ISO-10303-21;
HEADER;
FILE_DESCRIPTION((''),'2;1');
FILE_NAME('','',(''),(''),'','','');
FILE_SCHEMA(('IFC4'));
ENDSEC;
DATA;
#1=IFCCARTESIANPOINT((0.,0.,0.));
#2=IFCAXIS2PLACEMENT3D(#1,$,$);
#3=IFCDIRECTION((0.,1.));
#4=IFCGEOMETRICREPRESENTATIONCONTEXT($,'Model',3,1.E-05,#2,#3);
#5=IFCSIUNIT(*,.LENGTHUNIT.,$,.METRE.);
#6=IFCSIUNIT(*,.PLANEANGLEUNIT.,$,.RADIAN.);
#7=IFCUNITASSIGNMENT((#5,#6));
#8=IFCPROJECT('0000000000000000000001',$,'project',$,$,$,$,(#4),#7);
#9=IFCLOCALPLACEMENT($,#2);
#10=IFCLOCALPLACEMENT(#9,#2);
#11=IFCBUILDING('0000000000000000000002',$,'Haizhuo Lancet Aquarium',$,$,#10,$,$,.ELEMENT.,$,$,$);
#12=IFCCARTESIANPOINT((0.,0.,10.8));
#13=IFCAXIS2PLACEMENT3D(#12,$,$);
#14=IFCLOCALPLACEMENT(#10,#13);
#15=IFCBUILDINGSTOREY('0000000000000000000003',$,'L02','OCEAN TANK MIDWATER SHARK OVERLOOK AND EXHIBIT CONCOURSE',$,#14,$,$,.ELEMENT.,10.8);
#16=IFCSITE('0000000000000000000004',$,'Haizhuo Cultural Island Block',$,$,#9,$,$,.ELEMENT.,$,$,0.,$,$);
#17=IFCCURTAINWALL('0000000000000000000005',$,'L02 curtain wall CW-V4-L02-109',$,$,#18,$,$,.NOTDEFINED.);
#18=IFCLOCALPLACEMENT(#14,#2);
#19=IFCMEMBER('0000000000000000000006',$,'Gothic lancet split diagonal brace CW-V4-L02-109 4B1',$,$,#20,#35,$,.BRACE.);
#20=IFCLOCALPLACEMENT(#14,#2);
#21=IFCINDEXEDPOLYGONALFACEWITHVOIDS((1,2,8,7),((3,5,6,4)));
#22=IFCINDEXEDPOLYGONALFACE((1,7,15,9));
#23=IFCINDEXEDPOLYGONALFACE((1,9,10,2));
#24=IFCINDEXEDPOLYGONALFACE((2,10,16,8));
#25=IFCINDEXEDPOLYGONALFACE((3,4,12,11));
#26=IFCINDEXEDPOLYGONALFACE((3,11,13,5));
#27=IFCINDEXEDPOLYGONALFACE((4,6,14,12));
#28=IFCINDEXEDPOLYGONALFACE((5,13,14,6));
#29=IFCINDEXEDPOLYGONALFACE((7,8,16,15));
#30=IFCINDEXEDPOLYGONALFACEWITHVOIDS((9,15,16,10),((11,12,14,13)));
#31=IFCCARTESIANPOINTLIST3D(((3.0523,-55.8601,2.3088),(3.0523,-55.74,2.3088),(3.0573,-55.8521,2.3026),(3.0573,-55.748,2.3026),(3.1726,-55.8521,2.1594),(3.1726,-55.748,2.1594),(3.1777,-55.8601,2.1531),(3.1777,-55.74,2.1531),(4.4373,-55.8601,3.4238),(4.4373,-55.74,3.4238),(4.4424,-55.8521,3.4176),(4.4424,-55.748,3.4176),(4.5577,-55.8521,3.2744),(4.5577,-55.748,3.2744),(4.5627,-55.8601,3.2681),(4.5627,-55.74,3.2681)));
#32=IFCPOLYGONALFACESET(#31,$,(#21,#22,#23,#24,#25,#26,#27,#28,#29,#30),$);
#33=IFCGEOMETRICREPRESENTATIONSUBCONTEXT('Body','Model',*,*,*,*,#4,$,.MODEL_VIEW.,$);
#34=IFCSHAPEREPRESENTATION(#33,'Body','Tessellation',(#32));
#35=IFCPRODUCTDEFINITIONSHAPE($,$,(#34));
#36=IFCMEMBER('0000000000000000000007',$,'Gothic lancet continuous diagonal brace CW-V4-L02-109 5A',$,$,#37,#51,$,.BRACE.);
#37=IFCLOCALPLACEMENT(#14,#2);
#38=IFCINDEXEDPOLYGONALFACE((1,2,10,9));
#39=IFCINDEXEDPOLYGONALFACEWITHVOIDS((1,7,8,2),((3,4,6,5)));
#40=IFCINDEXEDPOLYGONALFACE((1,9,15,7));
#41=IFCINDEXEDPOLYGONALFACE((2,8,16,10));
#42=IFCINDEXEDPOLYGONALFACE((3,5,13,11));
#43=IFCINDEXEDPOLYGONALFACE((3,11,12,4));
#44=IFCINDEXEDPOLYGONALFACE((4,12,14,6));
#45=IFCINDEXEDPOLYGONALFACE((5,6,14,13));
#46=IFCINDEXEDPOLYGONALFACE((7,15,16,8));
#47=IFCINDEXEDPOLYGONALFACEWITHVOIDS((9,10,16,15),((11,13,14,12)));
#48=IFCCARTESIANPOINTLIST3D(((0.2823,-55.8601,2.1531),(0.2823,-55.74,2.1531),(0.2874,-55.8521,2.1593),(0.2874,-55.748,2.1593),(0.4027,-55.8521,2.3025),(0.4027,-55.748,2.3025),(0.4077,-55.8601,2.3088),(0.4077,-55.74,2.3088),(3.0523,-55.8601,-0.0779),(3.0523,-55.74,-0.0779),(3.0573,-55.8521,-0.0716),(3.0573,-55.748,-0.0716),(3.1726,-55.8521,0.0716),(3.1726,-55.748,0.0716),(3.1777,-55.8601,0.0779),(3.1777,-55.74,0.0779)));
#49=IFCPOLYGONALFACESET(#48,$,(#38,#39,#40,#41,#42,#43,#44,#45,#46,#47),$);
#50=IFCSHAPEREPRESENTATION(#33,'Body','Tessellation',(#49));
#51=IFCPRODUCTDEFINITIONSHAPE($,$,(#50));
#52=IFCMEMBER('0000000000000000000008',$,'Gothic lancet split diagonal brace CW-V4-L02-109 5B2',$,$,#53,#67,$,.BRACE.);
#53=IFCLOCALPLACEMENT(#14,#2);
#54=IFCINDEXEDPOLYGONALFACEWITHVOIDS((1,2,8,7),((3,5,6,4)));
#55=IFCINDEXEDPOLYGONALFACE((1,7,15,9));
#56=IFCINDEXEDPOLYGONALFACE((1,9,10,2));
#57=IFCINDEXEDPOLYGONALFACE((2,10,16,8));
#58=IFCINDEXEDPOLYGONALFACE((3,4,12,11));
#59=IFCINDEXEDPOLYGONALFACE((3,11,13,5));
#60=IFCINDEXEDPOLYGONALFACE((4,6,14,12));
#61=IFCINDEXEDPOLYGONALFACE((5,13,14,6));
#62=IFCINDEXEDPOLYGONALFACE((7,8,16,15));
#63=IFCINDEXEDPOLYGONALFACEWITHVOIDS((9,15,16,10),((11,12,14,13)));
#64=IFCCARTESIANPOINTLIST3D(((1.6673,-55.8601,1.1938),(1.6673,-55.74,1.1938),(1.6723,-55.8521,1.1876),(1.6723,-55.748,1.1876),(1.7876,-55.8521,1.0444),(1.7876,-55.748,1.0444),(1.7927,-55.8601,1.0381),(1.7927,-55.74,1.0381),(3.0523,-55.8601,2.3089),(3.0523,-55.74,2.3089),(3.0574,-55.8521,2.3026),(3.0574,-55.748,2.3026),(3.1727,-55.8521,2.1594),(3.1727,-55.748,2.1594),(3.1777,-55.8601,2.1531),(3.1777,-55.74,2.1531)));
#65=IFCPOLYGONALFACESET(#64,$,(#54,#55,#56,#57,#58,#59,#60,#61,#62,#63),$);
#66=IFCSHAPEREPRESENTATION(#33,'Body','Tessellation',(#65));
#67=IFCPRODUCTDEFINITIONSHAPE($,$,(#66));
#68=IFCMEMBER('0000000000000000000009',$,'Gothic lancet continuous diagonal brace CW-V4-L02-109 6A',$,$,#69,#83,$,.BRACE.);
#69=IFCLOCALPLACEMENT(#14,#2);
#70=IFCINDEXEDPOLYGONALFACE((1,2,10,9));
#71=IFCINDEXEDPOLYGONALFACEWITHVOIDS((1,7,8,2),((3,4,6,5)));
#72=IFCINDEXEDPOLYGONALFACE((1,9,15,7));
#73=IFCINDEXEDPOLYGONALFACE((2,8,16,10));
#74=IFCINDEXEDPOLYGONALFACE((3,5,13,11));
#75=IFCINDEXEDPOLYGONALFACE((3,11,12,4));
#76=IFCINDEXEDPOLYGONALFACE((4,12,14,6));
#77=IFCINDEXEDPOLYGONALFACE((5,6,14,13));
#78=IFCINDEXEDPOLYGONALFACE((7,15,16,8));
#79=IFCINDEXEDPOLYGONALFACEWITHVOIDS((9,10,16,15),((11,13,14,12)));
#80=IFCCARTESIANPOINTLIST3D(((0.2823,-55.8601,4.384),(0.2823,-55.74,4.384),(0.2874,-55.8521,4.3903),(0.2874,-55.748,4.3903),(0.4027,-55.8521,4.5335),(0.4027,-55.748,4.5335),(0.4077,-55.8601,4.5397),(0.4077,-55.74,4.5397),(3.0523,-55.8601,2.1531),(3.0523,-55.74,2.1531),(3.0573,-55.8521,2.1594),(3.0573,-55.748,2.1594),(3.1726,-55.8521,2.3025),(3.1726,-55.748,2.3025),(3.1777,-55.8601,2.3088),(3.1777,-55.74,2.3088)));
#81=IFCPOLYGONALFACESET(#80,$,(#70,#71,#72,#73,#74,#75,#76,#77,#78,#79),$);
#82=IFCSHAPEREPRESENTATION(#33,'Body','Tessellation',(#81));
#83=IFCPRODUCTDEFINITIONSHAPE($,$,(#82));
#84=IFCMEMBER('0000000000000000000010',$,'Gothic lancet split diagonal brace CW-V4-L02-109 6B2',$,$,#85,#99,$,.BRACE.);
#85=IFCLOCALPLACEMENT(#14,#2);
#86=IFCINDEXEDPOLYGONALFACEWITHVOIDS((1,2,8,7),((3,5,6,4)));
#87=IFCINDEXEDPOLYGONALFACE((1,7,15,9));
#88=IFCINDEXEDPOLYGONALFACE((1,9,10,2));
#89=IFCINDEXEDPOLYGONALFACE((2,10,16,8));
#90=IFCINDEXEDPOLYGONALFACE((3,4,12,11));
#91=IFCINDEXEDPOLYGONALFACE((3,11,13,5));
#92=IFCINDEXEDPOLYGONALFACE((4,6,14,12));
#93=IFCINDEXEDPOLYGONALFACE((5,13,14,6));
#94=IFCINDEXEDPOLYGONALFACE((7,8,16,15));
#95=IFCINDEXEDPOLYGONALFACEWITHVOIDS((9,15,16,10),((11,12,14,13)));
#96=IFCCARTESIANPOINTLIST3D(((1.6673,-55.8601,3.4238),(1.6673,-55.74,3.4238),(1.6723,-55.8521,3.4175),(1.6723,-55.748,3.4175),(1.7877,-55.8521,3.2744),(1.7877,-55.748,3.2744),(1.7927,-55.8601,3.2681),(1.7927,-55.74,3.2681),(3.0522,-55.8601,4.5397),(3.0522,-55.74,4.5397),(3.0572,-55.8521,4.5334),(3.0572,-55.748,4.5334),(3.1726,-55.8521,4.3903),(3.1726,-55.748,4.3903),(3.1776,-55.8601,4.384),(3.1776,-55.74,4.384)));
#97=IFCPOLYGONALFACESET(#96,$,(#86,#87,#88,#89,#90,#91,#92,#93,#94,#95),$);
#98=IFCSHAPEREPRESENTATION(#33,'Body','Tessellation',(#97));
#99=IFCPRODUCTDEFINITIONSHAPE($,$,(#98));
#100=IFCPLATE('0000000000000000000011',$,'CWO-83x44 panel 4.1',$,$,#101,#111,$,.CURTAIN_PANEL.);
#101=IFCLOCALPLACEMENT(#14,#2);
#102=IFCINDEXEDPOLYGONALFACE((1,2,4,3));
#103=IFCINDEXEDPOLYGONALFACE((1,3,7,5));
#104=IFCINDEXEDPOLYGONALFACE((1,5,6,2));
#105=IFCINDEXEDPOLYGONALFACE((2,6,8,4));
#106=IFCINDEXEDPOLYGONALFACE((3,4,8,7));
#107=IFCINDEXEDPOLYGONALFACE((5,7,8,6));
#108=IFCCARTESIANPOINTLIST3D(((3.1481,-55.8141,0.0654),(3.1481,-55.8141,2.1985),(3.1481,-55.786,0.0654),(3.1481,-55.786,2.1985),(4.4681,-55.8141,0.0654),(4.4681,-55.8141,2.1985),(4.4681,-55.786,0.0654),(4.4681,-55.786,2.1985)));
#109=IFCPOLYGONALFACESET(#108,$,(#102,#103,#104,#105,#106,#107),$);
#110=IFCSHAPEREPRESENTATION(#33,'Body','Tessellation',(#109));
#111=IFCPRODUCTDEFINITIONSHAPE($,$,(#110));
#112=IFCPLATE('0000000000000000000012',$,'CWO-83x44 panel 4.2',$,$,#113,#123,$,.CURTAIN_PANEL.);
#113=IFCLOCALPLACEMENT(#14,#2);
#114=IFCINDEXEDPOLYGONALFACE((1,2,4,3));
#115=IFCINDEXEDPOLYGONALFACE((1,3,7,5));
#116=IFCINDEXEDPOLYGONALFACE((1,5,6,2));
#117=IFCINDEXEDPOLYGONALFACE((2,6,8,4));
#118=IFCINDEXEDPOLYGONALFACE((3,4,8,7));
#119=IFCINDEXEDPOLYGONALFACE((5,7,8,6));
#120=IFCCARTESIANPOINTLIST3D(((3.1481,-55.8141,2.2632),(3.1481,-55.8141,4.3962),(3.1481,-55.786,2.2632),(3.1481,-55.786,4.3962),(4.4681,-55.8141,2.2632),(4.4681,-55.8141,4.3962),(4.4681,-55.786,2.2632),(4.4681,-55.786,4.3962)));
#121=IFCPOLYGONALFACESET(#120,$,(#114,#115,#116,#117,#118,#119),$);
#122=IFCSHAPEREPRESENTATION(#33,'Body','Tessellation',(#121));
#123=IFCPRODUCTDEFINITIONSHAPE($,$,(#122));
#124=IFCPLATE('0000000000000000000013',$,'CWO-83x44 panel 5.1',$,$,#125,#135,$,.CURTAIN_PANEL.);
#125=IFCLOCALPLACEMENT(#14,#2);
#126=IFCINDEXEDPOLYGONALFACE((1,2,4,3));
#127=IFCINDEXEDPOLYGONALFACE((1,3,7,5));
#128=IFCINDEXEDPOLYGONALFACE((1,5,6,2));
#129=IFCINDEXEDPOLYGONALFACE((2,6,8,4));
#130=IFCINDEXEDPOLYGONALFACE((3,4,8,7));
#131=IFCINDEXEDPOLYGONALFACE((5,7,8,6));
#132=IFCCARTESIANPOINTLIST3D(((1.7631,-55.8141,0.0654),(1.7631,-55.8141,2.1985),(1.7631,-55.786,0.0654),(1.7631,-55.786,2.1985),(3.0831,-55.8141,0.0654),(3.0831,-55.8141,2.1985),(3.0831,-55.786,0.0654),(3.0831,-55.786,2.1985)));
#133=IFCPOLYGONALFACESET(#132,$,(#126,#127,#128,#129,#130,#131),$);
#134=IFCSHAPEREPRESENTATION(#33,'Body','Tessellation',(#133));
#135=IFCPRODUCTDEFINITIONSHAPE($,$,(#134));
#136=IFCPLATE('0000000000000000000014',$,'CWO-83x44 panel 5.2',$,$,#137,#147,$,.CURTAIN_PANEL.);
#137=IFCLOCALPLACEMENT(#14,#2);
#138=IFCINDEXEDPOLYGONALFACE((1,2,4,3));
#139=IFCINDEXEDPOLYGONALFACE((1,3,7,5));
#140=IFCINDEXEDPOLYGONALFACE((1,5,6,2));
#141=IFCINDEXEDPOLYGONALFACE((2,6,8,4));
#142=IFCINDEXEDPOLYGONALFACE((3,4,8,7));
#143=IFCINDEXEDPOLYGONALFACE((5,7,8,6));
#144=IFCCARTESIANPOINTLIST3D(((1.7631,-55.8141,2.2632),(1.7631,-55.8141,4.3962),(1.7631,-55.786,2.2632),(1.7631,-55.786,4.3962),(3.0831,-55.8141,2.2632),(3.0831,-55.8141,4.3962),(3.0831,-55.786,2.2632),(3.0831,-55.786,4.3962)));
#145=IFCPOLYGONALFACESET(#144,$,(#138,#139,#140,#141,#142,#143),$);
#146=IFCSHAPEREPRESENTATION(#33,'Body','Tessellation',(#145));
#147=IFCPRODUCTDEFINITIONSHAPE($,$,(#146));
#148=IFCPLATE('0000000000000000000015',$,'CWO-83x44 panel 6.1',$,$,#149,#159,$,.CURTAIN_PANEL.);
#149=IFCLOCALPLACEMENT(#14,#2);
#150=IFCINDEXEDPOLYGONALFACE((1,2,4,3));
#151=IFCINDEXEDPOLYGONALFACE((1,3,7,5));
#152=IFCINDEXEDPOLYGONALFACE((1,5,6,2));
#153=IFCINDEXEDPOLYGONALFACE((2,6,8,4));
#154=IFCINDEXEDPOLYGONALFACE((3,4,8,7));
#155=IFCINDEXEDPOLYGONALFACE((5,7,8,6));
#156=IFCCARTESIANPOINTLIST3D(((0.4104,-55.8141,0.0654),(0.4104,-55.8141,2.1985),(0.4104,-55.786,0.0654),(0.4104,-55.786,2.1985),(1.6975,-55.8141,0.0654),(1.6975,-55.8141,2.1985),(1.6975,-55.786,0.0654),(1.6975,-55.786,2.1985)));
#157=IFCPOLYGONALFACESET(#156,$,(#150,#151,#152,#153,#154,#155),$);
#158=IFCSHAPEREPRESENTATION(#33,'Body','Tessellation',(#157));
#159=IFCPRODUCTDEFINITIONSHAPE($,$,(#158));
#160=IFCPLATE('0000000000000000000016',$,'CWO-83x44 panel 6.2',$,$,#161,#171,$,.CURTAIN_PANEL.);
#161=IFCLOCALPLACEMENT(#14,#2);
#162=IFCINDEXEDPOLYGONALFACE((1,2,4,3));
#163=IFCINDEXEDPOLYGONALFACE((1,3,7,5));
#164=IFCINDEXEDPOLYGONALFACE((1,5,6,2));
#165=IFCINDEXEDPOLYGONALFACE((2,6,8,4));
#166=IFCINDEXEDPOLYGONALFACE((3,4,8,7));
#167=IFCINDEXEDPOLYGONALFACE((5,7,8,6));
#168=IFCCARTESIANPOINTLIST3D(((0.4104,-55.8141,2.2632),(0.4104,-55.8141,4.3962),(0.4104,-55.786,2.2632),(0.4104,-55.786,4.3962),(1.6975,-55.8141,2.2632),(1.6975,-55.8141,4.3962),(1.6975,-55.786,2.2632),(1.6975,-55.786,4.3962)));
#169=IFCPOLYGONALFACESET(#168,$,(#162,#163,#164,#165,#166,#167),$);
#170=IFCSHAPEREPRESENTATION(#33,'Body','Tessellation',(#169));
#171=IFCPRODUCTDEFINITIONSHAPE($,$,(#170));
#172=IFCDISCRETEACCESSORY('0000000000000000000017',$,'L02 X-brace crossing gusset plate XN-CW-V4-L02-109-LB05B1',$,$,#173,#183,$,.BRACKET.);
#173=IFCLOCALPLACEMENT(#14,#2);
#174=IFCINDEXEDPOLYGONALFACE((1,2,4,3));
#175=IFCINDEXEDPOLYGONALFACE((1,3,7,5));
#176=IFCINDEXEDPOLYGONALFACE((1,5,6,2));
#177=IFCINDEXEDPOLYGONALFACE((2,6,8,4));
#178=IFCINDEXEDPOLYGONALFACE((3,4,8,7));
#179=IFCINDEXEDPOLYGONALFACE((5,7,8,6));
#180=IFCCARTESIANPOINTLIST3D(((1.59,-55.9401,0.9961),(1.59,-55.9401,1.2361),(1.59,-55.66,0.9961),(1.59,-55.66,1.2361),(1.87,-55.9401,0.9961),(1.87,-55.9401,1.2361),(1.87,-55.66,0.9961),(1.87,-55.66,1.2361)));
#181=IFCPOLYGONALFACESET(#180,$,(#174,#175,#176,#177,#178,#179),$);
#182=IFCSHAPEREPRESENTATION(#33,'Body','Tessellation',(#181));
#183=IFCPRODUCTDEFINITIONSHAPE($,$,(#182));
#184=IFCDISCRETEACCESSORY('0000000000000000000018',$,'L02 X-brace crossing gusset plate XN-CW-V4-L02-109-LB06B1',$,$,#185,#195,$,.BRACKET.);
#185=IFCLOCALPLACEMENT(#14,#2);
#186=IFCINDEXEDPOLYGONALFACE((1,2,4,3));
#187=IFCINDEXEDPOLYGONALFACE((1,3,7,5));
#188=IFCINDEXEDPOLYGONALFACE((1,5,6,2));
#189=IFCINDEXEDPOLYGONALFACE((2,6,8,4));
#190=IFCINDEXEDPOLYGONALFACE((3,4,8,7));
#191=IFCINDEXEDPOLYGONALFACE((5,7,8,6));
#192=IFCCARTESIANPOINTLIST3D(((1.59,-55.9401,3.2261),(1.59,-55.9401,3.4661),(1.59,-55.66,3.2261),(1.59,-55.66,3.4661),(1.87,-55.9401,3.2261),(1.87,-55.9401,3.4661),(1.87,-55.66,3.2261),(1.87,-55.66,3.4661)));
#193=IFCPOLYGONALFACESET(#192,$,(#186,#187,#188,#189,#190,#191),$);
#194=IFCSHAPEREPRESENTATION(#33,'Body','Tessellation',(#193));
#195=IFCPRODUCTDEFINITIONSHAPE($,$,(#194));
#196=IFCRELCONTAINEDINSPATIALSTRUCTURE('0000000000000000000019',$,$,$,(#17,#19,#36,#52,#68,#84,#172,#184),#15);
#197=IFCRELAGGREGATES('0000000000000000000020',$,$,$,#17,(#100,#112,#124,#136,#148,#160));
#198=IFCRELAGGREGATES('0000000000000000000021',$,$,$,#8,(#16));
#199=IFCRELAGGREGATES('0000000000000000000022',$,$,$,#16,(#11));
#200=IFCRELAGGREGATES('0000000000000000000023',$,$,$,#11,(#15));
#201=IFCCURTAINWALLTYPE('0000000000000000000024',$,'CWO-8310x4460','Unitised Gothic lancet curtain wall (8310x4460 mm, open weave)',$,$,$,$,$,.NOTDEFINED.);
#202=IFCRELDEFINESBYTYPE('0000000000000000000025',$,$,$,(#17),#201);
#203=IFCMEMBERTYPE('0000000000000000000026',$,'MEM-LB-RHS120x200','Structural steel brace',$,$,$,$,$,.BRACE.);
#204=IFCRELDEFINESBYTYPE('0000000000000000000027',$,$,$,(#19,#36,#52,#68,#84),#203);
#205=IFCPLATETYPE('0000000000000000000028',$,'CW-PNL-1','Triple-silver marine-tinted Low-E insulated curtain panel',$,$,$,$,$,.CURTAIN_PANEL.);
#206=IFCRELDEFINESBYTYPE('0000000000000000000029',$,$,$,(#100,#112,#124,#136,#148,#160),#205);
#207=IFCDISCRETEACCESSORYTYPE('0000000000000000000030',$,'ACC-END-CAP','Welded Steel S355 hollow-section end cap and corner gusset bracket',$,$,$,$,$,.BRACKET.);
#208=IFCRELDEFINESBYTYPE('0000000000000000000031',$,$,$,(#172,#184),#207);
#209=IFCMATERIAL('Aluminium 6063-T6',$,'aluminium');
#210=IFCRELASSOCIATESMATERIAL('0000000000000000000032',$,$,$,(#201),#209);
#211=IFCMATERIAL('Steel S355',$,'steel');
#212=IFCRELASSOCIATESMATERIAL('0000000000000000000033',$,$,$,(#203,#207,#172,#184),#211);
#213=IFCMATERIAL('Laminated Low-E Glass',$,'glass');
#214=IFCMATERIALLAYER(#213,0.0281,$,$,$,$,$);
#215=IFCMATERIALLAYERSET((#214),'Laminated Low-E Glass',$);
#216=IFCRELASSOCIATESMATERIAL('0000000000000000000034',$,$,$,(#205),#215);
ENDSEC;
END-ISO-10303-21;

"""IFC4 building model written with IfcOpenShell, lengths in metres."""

from ifc_helpers import new_model, si_unit, direction, frame, origin, origin_2d, place, context, subcontext, project, spatial, rectangle, hollow_rectangle, extrude, material, layer, layer_set, material_profile, profile_set, type_object, element, aggregate, save


model = new_model("IFC4")

# Units and contexts
model_context = context("Model", 3, precision=1e-05, world=origin(), true_north=direction((0.0, 1.0)))
body_context = subcontext(model_context, "Body", "Model", "MODEL_VIEW")
ifc_project = project(units=[si_unit("LENGTHUNIT", "METRE"), si_unit("PLANEANGLEUNIT", "RADIAN")], contexts=[model_context])

# Site, building, storey
site_placement = place(None, origin())
site = spatial("IfcSite", under=ifc_project, at=site_placement, Name="Haizhuo Cultural Island Block", CompositionType="ELEMENT", RefElevation=0.0)
building_placement = place(site_placement, origin())
building = spatial("IfcBuilding", under=site, at=building_placement, Name="Haizhuo Lancet Aquarium", CompositionType="ELEMENT")
storey_placement = place(building_placement, frame((0.0, 0.0, 10.8)))
storey = spatial("IfcBuildingStorey", under=building, at=storey_placement, Name="L02", Description="OCEAN TANK MIDWATER SHARK OVERLOOK AND EXHIBIT CONCOURSE", CompositionType="ELEMENT", Elevation=10.8)

# Curtain wall
ifc_material_1 = material(Name="Aluminium 6063-T6", Category="aluminium")
curtain_wall_type = type_object("IfcCurtainWallType", Name="CWO-8310x4460", Description="Unitised Gothic lancet curtain wall (8310x4460 mm, open weave)", PredefinedType="NOTDEFINED", material=ifc_material_1)
curtain_wall_placement = place(storey_placement, origin())
curtain_wall = element("IfcCurtainWall", 1, at=curtain_wall_placement, inside=storey, type_object=curtain_wall_type, Name="L02 curtain wall CW-V4-L02-109", PredefinedType="NOTDEFINED")

# Members
ifc_material_2 = material(Name="Steel S355", Category="steel")
ifc_material_profile_1 = material_profile(ifc_material_2, hollow_rectangle(XDim=0.1201, YDim=0.2, WallThickness=0.0081, at=origin_2d()), Name="RHS 120x200x8")
ifc_profile_set_1 = profile_set([ifc_material_profile_1], Name="Steel S355")
member_type_1 = type_object("IfcMemberType", Name="MEM-LB-RHS120x200", Description="Structural steel brace", PredefinedType="BRACE", material=ifc_profile_set_1)
member_1_placement = place(storey_placement, frame((3.115, -55.8, 2.231), z_axis=(0.77895, 0.0, 0.627087), x_axis=(0.0, 1.0, 0.0)))
element("IfcMember", 2, at=member_1_placement, inside=storey, type_object=member_type_1, Name="Gothic lancet split diagonal brace CW-V4-L02-109 4B1", PredefinedType="BRACE", context=body_context, shape_type="SweptSolid", body=[
    extrude(hollow_rectangle(XDim=0.1201, YDim=0.2, WallThickness=0.0081, at=origin_2d()), origin(), (0.0, 0.0, 1.0), 1.7781),
])
member_2_placement = place(storey_placement, frame((3.115, -55.8, 0.0), z_axis=(-0.778815, 0.0, 0.627253), x_axis=(0.0, -1.0, 0.0)))
element("IfcMember", 3, at=member_2_placement, inside=storey, type_object=member_type_1, Name="Gothic lancet continuous diagonal brace CW-V4-L02-109 5A", PredefinedType="BRACE", context=body_context, shape_type="SweptSolid", body=[
    extrude(hollow_rectangle(XDim=0.1201, YDim=0.2, WallThickness=0.0081, at=origin_2d()), origin(), (0.0, 0.0, 1.0), 3.5566),
])
member_3_placement = place(storey_placement, frame((1.73, -55.8, 1.116), z_axis=(0.77895, 0.0, 0.627087), x_axis=(0.0, 1.0, 0.0)))
element("IfcMember", 4, at=member_3_placement, inside=storey, type_object=member_type_1, Name="Gothic lancet split diagonal brace CW-V4-L02-109 5B2", PredefinedType="BRACE", context=body_context, shape_type="SweptSolid", body=[
    extrude(hollow_rectangle(XDim=0.1201, YDim=0.2, WallThickness=0.0081, at=origin_2d()), origin(), (0.0, 0.0, 1.0), 1.7781),
])
member_4_placement = place(storey_placement, frame((3.115, -55.8, 2.231), z_axis=(-0.778815, 0.0, 0.627253), x_axis=(0.0, -1.0, 0.0)))
element("IfcMember", 5, at=member_4_placement, inside=storey, type_object=member_type_1, Name="Gothic lancet continuous diagonal brace CW-V4-L02-109 6A", PredefinedType="BRACE", context=body_context, shape_type="SweptSolid", body=[
    extrude(hollow_rectangle(XDim=0.1201, YDim=0.2, WallThickness=0.0081, at=origin_2d()), origin(), (0.0, 0.0, 1.0), 3.5566),
])
member_5_placement = place(storey_placement, frame((1.73, -55.8, 3.3459), z_axis=(0.778681, 0.0, 0.62742), x_axis=(0.0, 1.0, 0.0)))
element("IfcMember", 6, at=member_5_placement, inside=storey, type_object=member_type_1, Name="Gothic lancet split diagonal brace CW-V4-L02-109 6B2", PredefinedType="BRACE", context=body_context, shape_type="SweptSolid", body=[
    extrude(hollow_rectangle(XDim=0.1201, YDim=0.2, WallThickness=0.0081, at=origin_2d()), origin(), (0.0, 0.0, 1.0), 1.7786),
])

# Plates
ifc_material_3 = material(Name="Laminated Low-E Glass", Category="glass")
ifc_layer = layer(ifc_material_3, 0.0281)
ifc_layer_set = layer_set([ifc_layer], Name="Laminated Low-E Glass")
plate_type = type_object("IfcPlateType", Name="CW-PNL-1", Description="Triple-silver marine-tinted Low-E insulated curtain panel", PredefinedType="CURTAIN_PANEL", material=ifc_layer_set)
plate_1_placement = place(storey_placement, frame((3.8081, -55.8, 0.0654), z_axis=(0.0, 0.0, 1.0), x_axis=(-1.0, 0.0, 0.0)))
plate_1 = element("IfcPlate", 7, at=plate_1_placement, type_object=plate_type, Name="CWO-83x44 panel 4.1", PredefinedType="CURTAIN_PANEL", context=body_context, shape_type="SweptSolid", body=[
    extrude(rectangle(XDim=1.3201, YDim=0.0281, at=origin_2d()), origin(), (0.0, 0.0, 1.0), 2.1331),
])
plate_2_placement = place(storey_placement, frame((3.8081, -55.8, 2.2632), z_axis=(0.0, 0.0, 1.0), x_axis=(-1.0, 0.0, 0.0)))
plate_2 = element("IfcPlate", 8, at=plate_2_placement, type_object=plate_type, Name="CWO-83x44 panel 4.2", PredefinedType="CURTAIN_PANEL", context=body_context, shape_type="SweptSolid", body=[
    extrude(rectangle(XDim=1.3201, YDim=0.0281, at=origin_2d()), origin(), (0.0, 0.0, 1.0), 2.1331),
])
plate_3_placement = place(storey_placement, frame((2.4231, -55.8, 0.0654), z_axis=(0.0, 0.0, 1.0), x_axis=(-1.0, 0.0, 0.0)))
plate_3 = element("IfcPlate", 9, at=plate_3_placement, type_object=plate_type, Name="CWO-83x44 panel 5.1", PredefinedType="CURTAIN_PANEL", context=body_context, shape_type="SweptSolid", body=[
    extrude(rectangle(XDim=1.3201, YDim=0.0281, at=origin_2d()), origin(), (0.0, 0.0, 1.0), 2.1331),
])
plate_4_placement = place(storey_placement, frame((2.4231, -55.8, 2.2632), z_axis=(0.0, 0.0, 1.0), x_axis=(-1.0, 0.0, 0.0)))
plate_4 = element("IfcPlate", 10, at=plate_4_placement, type_object=plate_type, Name="CWO-83x44 panel 5.2", PredefinedType="CURTAIN_PANEL", context=body_context, shape_type="SweptSolid", body=[
    extrude(rectangle(XDim=1.3201, YDim=0.0281, at=origin_2d()), origin(), (0.0, 0.0, 1.0), 2.1331),
])
plate_5_placement = place(storey_placement, frame((1.054, -55.8, 0.0654), z_axis=(0.0, 0.0, 1.0), x_axis=(-1.0, 0.0, 0.0)))
plate_5 = element("IfcPlate", 11, at=plate_5_placement, type_object=plate_type, Name="CWO-83x44 panel 6.1", PredefinedType="CURTAIN_PANEL", context=body_context, shape_type="SweptSolid", body=[
    extrude(rectangle(XDim=1.2871, YDim=0.0281, at=origin_2d()), origin(), (0.0, 0.0, 1.0), 2.1331),
])
plate_6_placement = place(storey_placement, frame((1.054, -55.8, 2.2632), z_axis=(0.0, 0.0, 1.0), x_axis=(-1.0, 0.0, 0.0)))
plate_6 = element("IfcPlate", 12, at=plate_6_placement, type_object=plate_type, Name="CWO-83x44 panel 6.2", PredefinedType="CURTAIN_PANEL", context=body_context, shape_type="SweptSolid", body=[
    extrude(rectangle(XDim=1.2871, YDim=0.0281, at=origin_2d()), origin(), (0.0, 0.0, 1.0), 2.1331),
])
aggregate(curtain_wall, [plate_1, plate_2, plate_3, plate_4, plate_5, plate_6])

# Discrete accessories
discrete_accessory_type = type_object("IfcDiscreteAccessoryType", Name="ACC-END-CAP", Description="Welded Steel S355 hollow-section end cap and corner gusset bracket", PredefinedType="BRACKET", material=ifc_material_2)
for number, where, z_axis, x_axis, name in (
    (13, (1.73, -55.8, 0.9961), (0.0, 0.0, 1.0), (1.0, 0.0, 0.0), "L02 X-brace crossing gusset plate XN-CW-V4-L02-109-LB05B1"),
    (14, (1.73, -55.8, 3.2261), (0.0, 0.0, 1.0), (1.0, 0.0, 0.0), "L02 X-brace crossing gusset plate XN-CW-V4-L02-109-LB06B1"),
):
    element("IfcDiscreteAccessory", number, at=place(storey_placement, frame(where, z_axis=z_axis, x_axis=x_axis)), inside=storey, type_object=discrete_accessory_type, material=ifc_material_2, Name=name, PredefinedType="BRACKET", context=body_context, shape_type="SweptSolid", body=[
        extrude(rectangle(XDim=0.28, YDim=0.28, at=origin_2d()), origin(), (0.0, 0.0, 1.0), 0.24),
    ])

save(model, "model.ifc")
